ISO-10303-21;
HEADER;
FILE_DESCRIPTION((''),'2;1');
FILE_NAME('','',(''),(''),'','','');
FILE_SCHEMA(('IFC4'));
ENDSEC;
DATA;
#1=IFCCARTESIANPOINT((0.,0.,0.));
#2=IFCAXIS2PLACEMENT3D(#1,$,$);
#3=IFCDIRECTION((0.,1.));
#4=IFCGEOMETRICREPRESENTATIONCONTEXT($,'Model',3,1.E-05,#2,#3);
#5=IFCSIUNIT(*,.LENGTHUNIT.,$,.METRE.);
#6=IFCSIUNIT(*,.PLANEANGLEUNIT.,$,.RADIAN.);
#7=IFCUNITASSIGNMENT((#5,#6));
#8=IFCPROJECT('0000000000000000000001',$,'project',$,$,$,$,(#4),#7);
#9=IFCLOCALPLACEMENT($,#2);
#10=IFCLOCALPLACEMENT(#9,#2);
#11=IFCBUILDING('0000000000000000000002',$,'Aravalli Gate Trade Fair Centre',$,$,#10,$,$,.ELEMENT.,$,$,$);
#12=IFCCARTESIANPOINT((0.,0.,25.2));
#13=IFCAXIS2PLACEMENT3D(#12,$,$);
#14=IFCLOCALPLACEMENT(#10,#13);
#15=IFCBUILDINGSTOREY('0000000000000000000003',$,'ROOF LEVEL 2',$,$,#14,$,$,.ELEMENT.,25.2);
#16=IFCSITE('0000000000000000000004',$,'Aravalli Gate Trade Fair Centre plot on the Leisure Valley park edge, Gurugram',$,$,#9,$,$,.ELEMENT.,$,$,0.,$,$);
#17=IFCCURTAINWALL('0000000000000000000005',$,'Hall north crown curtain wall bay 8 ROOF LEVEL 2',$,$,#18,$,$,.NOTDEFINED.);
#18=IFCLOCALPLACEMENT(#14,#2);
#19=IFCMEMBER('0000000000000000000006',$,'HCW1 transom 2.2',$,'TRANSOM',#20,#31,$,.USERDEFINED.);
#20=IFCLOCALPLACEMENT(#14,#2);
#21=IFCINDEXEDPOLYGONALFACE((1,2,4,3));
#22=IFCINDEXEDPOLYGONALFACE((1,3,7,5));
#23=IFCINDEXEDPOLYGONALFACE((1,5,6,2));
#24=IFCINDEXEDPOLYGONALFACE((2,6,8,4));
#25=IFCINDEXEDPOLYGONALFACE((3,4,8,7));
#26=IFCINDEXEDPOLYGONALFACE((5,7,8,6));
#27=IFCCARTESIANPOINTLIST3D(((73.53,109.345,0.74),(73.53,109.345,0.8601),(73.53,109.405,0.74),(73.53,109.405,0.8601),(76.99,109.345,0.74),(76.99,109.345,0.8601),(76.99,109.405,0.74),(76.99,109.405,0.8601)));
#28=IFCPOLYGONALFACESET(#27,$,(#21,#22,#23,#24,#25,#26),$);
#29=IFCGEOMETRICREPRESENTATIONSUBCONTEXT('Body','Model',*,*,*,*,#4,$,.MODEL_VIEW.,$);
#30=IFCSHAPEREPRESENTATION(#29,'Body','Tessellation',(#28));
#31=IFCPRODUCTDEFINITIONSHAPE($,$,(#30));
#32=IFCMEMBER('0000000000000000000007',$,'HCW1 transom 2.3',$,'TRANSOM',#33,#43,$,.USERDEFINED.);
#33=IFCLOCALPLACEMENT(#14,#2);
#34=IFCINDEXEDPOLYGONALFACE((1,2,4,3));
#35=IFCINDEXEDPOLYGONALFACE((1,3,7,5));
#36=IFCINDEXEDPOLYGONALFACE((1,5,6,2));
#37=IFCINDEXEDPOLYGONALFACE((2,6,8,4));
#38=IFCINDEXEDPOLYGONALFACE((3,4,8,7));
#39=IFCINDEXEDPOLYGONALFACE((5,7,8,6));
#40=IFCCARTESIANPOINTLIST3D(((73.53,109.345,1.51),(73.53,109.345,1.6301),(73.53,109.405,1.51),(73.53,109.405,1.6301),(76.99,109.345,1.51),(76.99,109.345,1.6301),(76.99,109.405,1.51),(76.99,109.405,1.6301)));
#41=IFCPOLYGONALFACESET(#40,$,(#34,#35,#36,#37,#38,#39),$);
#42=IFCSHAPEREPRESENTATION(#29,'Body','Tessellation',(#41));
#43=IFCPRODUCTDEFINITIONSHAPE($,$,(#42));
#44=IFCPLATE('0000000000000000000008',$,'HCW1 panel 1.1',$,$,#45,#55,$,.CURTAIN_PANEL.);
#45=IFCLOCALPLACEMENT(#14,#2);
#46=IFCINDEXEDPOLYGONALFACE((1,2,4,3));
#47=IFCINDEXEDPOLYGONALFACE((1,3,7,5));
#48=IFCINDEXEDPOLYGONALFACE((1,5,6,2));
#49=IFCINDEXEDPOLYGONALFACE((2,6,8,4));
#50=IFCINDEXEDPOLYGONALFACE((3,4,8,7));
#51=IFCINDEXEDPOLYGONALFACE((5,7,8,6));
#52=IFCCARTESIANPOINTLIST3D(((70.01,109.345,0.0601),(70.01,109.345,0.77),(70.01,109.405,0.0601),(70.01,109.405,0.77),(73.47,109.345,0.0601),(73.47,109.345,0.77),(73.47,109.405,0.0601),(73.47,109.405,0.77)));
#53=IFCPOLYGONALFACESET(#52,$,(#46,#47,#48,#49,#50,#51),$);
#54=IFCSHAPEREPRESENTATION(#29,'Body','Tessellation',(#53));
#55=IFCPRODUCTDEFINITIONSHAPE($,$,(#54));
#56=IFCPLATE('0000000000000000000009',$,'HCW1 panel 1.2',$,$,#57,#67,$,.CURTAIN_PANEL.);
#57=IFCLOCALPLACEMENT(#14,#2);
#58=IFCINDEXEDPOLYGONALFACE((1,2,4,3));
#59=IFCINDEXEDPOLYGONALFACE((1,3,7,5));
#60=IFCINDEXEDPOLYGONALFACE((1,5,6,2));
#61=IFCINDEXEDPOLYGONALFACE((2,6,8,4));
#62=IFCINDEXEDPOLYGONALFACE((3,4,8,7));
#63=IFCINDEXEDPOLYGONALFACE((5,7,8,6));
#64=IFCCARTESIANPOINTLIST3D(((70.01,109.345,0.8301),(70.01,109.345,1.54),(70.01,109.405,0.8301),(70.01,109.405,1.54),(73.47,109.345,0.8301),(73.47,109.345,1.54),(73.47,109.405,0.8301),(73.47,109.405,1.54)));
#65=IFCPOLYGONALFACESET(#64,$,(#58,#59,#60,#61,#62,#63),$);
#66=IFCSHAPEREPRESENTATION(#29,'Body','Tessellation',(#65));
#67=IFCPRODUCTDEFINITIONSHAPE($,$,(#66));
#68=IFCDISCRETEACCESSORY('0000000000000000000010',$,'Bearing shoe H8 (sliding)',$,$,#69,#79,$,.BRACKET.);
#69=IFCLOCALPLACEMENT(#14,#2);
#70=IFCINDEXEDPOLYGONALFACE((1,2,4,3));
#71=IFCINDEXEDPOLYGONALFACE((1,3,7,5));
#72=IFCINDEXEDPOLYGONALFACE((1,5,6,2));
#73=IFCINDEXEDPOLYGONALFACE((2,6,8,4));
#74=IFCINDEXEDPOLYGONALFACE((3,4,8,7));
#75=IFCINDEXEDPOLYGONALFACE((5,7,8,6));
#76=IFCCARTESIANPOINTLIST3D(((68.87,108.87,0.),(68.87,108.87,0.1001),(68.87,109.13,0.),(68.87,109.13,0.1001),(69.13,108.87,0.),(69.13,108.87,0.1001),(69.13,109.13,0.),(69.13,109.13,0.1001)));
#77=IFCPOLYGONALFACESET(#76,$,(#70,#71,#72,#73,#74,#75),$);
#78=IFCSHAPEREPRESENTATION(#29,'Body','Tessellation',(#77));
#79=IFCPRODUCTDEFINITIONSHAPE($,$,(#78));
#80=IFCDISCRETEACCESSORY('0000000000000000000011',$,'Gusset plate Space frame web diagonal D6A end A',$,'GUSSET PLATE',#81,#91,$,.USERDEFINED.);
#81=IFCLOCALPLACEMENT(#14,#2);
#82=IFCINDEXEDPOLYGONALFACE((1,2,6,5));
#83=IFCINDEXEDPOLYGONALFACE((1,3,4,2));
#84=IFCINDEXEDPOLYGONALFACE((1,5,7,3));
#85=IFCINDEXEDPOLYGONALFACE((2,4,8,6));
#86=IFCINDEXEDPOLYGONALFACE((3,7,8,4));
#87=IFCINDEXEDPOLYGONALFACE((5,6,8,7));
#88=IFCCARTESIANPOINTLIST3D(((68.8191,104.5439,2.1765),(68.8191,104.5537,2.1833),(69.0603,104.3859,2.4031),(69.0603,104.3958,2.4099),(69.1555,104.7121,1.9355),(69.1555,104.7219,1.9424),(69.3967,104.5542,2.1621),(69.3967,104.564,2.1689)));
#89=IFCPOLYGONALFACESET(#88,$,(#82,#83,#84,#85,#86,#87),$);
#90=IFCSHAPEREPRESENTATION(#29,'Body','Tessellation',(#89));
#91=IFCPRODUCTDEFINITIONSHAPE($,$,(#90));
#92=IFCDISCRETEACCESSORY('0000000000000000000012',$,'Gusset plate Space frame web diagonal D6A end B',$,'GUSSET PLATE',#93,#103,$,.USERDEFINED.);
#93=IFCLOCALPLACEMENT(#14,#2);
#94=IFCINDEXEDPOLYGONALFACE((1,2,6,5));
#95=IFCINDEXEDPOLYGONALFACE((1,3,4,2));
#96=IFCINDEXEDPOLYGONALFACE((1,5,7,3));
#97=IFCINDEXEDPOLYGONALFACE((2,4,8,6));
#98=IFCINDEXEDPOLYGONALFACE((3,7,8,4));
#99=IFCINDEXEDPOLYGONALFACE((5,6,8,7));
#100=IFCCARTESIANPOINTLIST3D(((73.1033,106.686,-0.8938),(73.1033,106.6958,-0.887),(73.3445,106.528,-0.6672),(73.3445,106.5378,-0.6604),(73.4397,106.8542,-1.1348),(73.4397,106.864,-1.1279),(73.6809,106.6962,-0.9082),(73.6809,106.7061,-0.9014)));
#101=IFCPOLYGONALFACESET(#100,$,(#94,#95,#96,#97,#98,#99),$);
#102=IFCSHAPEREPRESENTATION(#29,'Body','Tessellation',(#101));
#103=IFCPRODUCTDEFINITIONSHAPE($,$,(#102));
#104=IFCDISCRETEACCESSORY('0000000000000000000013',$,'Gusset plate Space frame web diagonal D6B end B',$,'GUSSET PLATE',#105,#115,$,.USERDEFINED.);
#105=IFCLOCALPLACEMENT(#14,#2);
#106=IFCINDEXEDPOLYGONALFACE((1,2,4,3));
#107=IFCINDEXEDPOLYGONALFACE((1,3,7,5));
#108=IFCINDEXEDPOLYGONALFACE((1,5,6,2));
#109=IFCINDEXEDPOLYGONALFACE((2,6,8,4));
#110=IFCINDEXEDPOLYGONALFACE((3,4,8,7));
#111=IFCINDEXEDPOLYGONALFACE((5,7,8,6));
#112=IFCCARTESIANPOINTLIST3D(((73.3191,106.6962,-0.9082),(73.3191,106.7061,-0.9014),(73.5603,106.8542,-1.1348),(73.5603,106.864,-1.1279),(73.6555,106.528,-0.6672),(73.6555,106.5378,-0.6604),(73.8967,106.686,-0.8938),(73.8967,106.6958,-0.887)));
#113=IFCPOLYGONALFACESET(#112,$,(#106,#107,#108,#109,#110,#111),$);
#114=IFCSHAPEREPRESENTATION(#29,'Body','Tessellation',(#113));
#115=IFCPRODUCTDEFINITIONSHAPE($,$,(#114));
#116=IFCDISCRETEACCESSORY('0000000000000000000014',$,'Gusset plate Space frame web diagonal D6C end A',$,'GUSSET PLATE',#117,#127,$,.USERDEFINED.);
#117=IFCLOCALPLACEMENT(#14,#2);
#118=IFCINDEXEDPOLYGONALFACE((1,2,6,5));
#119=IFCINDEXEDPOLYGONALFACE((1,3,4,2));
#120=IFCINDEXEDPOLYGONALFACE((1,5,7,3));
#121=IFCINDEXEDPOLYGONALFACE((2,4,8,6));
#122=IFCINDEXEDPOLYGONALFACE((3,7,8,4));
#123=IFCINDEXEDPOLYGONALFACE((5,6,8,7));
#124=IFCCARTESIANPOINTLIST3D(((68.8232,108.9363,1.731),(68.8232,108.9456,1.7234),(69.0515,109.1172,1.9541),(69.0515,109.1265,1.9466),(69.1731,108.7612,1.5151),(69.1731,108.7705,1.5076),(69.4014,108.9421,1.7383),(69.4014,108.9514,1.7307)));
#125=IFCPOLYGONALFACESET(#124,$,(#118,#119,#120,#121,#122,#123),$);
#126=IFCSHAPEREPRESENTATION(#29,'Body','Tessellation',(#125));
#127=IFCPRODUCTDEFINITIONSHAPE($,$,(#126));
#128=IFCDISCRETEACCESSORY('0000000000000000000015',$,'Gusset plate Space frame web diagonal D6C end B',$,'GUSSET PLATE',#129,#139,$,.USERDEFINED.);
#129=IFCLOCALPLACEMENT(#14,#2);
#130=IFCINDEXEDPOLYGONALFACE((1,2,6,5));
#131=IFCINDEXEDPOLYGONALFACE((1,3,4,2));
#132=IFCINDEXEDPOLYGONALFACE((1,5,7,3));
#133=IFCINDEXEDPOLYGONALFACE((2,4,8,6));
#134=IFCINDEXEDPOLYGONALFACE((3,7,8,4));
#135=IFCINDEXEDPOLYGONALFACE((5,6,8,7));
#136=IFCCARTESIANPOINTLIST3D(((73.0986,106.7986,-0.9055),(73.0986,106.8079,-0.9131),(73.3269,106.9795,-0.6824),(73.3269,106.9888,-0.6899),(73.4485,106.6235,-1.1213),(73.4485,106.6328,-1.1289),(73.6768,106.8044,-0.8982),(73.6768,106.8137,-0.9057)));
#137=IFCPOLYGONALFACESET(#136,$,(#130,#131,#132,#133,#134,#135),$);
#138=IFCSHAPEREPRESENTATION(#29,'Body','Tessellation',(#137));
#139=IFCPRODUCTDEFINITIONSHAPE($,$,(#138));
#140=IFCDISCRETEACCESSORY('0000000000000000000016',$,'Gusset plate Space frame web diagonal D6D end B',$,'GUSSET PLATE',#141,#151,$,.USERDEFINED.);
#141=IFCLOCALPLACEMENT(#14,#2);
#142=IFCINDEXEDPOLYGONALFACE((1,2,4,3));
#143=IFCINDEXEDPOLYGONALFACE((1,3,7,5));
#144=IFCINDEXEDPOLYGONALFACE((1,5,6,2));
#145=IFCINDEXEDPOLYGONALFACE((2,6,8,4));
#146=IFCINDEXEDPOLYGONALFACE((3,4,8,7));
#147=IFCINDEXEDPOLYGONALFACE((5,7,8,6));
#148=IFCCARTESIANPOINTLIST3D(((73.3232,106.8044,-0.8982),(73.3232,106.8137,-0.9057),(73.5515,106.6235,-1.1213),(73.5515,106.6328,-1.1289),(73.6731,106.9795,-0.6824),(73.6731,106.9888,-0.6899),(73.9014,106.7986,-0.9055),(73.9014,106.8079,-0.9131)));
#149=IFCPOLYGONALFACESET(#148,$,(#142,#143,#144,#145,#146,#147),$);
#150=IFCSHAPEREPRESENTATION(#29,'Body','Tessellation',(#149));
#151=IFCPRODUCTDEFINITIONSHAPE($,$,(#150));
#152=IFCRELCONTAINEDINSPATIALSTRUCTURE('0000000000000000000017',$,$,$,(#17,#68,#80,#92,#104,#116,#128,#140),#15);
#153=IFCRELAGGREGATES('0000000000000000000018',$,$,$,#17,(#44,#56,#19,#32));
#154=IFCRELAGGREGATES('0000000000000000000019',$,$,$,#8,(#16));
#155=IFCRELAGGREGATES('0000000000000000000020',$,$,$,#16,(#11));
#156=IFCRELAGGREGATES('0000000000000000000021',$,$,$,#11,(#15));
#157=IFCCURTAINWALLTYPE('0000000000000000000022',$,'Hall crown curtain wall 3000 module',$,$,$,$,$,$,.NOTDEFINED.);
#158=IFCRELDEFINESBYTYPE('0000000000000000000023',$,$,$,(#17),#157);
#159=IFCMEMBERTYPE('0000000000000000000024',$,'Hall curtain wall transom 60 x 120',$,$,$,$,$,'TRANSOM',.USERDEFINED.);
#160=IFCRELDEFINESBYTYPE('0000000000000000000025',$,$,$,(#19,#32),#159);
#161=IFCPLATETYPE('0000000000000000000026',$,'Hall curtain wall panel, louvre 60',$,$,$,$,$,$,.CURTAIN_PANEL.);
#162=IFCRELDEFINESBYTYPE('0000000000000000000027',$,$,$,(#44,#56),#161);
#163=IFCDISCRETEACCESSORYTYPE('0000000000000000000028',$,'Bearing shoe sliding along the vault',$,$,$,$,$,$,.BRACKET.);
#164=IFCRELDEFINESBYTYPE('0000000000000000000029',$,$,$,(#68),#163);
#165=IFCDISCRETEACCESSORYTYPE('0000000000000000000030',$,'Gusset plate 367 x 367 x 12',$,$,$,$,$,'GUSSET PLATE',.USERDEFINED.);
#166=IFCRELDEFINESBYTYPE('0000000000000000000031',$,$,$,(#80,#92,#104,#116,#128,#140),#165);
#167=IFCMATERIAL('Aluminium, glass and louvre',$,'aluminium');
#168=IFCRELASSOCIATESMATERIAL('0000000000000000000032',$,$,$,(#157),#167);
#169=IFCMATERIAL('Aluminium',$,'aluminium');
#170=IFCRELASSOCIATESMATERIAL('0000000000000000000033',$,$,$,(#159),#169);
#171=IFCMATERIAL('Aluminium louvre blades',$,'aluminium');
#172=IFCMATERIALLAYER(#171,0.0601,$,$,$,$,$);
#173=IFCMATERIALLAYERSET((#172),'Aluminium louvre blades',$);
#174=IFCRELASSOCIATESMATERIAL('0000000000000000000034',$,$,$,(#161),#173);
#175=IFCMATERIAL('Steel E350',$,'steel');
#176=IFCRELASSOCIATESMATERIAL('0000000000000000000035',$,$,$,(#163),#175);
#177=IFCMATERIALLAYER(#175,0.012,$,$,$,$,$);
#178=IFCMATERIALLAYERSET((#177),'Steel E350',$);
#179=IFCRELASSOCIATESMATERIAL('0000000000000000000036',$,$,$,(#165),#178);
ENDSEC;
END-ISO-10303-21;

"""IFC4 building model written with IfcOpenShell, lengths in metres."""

from ifc_helpers import new_model, si_unit, direction, frame, origin, origin_2d, place, context, subcontext, project, spatial, polyline, rectangle, outline, extrude, material, layer, layer_set, material_profile, profile_set, type_object, element, aggregate, save


model = new_model("IFC4")

# Units and contexts
model_context = context("Model", 3, precision=1e-05, world=origin(), true_north=direction((0.0, 1.0)))
body_context = subcontext(model_context, "Body", "Model", "MODEL_VIEW")
ifc_project = project(units=[si_unit("LENGTHUNIT", "METRE"), si_unit("PLANEANGLEUNIT", "RADIAN")], contexts=[model_context])

# Site, building, storey
site_placement = place(None, origin())
site = spatial("IfcSite", under=ifc_project, at=site_placement, Name="Aravalli Gate Trade Fair Centre plot on the Leisure Valley park edge, Gurugram", CompositionType="ELEMENT", RefElevation=0.0)
building_placement = place(site_placement, origin())
building = spatial("IfcBuilding", under=site, at=building_placement, Name="Aravalli Gate Trade Fair Centre", CompositionType="ELEMENT")
storey_placement = place(building_placement, frame((0.0, 0.0, 25.2)))
storey = spatial("IfcBuildingStorey", under=building, at=storey_placement, Name="ROOF LEVEL 2", CompositionType="ELEMENT", Elevation=25.2)

# Shared definitions
ifc_material_1 = material(Name="Steel E350", Category="steel")

# Curtain wall, members, plates
ifc_material_2 = material(Name="Aluminium, glass and louvre", Category="aluminium")
curtain_wall_type = type_object("IfcCurtainWallType", Name="Hall crown curtain wall 3000 module", PredefinedType="NOTDEFINED", material=ifc_material_2)
curtain_wall_placement = place(storey_placement, origin())
curtain_wall = element("IfcCurtainWall", 1, at=curtain_wall_placement, inside=storey, type_object=curtain_wall_type, Name="Hall north crown curtain wall bay 8 ROOF LEVEL 2", PredefinedType="NOTDEFINED")
ifc_material_3 = material(Name="Aluminium", Category="aluminium")
ifc_material_profile_1 = material_profile(ifc_material_3, rectangle(XDim=0.0601, YDim=0.1201, at=origin_2d()), Name="Hall curtain wall transom 60 x 120")
ifc_profile_set_1 = profile_set([ifc_material_profile_1], Name="Aluminium")
member_type_1 = type_object("IfcMemberType", Name="Hall curtain wall transom 60 x 120", ElementType="TRANSOM", PredefinedType="USERDEFINED", material=ifc_profile_set_1)
member_1_placement = place(storey_placement, frame((73.53, 109.375, 0.8), z_axis=(1.0, 0.0, 0.0), x_axis=(0.0, 1.0, 0.0)))
member_1 = element("IfcMember", 2, at=member_1_placement, type_object=member_type_1, Name="HCW1 transom 2.2", ObjectType="TRANSOM", PredefinedType="USERDEFINED", context=body_context, shape_type="SweptSolid", body=[
    extrude(rectangle(XDim=0.0601, YDim=0.1201, at=origin_2d()), origin(), (0.0, 0.0, 1.0), 3.46),
])
member_2_placement = place(storey_placement, frame((73.53, 109.375, 1.5701), z_axis=(1.0, 0.0, 0.0), x_axis=(0.0, 1.0, 0.0)))
member_2 = element("IfcMember", 3, at=member_2_placement, type_object=member_type_1, Name="HCW1 transom 2.3", ObjectType="TRANSOM", PredefinedType="USERDEFINED", context=body_context, shape_type="SweptSolid", body=[
    extrude(rectangle(XDim=0.0601, YDim=0.1201, at=origin_2d()), origin(), (0.0, 0.0, 1.0), 3.46),
])
ifc_material_4 = material(Name="Aluminium louvre blades", Category="aluminium")
ifc_layer_1 = layer(ifc_material_4, 0.0601)
ifc_layer_set_1 = layer_set([ifc_layer_1], Name="Aluminium louvre blades")
plate_type = type_object("IfcPlateType", Name="Hall curtain wall panel, louvre 60", PredefinedType="CURTAIN_PANEL", material=ifc_layer_set_1)
plate_1_placement = place(storey_placement, frame((71.74, 109.375, 0.0601), z_axis=(0.0, 0.0, 1.0), x_axis=(1.0, 0.0, 0.0)))
plate_1 = element("IfcPlate", 4, at=plate_1_placement, type_object=plate_type, Name="HCW1 panel 1.1", PredefinedType="CURTAIN_PANEL", context=body_context, shape_type="SweptSolid", body=[
    extrude(rectangle(XDim=3.46, YDim=0.0601, at=origin_2d()), origin(), (0.0, 0.0, 1.0), 0.71),
])
plate_2_placement = place(storey_placement, frame((71.74, 109.375, 0.8301), z_axis=(0.0, 0.0, 1.0), x_axis=(1.0, 0.0, 0.0)))
plate_2 = element("IfcPlate", 5, at=plate_2_placement, type_object=plate_type, Name="HCW1 panel 1.2", PredefinedType="CURTAIN_PANEL", context=body_context, shape_type="SweptSolid", body=[
    extrude(rectangle(XDim=3.46, YDim=0.0601, at=origin_2d()), origin(), (0.0, 0.0, 1.0), 0.71),
])
aggregate(curtain_wall, [plate_1, plate_2, member_1, member_2])

# Discrete accessories
discrete_accessory_type_1 = type_object("IfcDiscreteAccessoryType", Name="Bearing shoe sliding along the vault", PredefinedType="BRACKET", material=ifc_material_1)
discrete_accessory_1_placement = place(storey_placement, frame((69.0, 109.0, 0.0), z_axis=(0.0, 0.0, 1.0), x_axis=(1.0, 0.0, 0.0)))
element("IfcDiscreteAccessory", 6, at=discrete_accessory_1_placement, inside=storey, type_object=discrete_accessory_type_1, Name="Bearing shoe H8 (sliding)", PredefinedType="BRACKET", context=body_context, shape_type="SweptSolid", body=[
    extrude(rectangle(XDim=0.26, YDim=0.26, at=origin_2d()), origin(), (0.0, 0.0, 1.0), 0.1001),
])
ifc_layer_2 = layer(ifc_material_1, 0.012)
ifc_layer_set_2 = layer_set([ifc_layer_2], Name="Steel E350")
discrete_accessory_type_2 = type_object("IfcDiscreteAccessoryType", Name="Gusset plate 367 x 367 x 12", ElementType="GUSSET PLATE", PredefinedType="USERDEFINED", material=ifc_layer_set_2)
discrete_accessory_2_placement = place(storey_placement, frame((69.1555, 104.7219, 1.9424), z_axis=(-0.000292, 0.820164, 0.572128), x_axis=(-0.753132, -0.376566, 0.539435)))
element("IfcDiscreteAccessory", 7, at=discrete_accessory_2_placement, inside=storey, type_object=discrete_accessory_type_2, Name="Gusset plate Space frame web diagonal D6A end A", ObjectType="GUSSET PLATE", PredefinedType="USERDEFINED", context=body_context, shape_type="SweptSolid", body=[
    extrude(outline(polyline([(0.0, 0.0), (0.4467, 0.0), (0.4467, 0.3667), (0.0, 0.3667), (0.0, 0.0)])), origin(), (0.0, 0.0, -1.0), 0.012),
])
discrete_accessory_3_placement = place(storey_placement, frame((73.1033, 106.6958, -0.887), z_axis=(-0.000292, 0.820164, 0.572128), x_axis=(0.753132, 0.376566, -0.539435)))
element("IfcDiscreteAccessory", 8, at=discrete_accessory_3_placement, inside=storey, type_object=discrete_accessory_type_2, Name="Gusset plate Space frame web diagonal D6A end B", ObjectType="GUSSET PLATE", PredefinedType="USERDEFINED", context=body_context, shape_type="SweptSolid", body=[
    extrude(outline(polyline([(0.0, 0.0), (0.4467, 0.0), (0.4467, -0.3667), (0.0, -0.3667), (0.0, 0.0)])), origin(), (0.0, 0.0, -1.0), 0.012),
])
discrete_accessory_4_placement = place(storey_placement, frame((73.6555, 106.5378, -0.6604), z_axis=(0.000292, 0.820164, 0.572128), x_axis=(-0.753132, 0.376566, -0.539435)))
element("IfcDiscreteAccessory", 9, at=discrete_accessory_4_placement, inside=storey, type_object=discrete_accessory_type_2, Name="Gusset plate Space frame web diagonal D6B end B", ObjectType="GUSSET PLATE", PredefinedType="USERDEFINED", context=body_context, shape_type="SweptSolid", body=[
    extrude(outline(polyline([(0.0, 0.0), (0.4467, 0.0), (0.4467, -0.3667), (0.0, -0.3667), (0.0, 0.0)])), origin(), (0.0, 0.0, -1.0), 0.012),
])
discrete_accessory_5_placement = place(storey_placement, frame((69.1731, 108.7612, 1.5151), z_axis=(-0.000107, -0.776736, 0.629826), x_axis=(-0.783044, 0.391795, 0.48305)))
element("IfcDiscreteAccessory", 10, at=discrete_accessory_5_placement, inside=storey, type_object=discrete_accessory_type_2, Name="Gusset plate Space frame web diagonal D6C end A", ObjectType="GUSSET PLATE", PredefinedType="USERDEFINED", context=body_context, shape_type="SweptSolid", body=[
    extrude(outline(polyline([(0.0, 0.0), (0.4468, 0.0), (0.4467, -0.3669), (-0.0001, -0.3669), (0.0, 0.0)])), origin(), (0.0, 0.0, -1.0), 0.012),
])
discrete_accessory_6_placement = place(storey_placement, frame((73.0986, 106.7986, -0.9055), z_axis=(-0.000107, -0.776736, 0.629826), x_axis=(0.783044, -0.391795, -0.48305)))
element("IfcDiscreteAccessory", 11, at=discrete_accessory_6_placement, inside=storey, type_object=discrete_accessory_type_2, Name="Gusset plate Space frame web diagonal D6C end B", ObjectType="GUSSET PLATE", PredefinedType="USERDEFINED", context=body_context, shape_type="SweptSolid", body=[
    extrude(outline(polyline([(0.0, 0.0), (0.4468, 0.0), (0.4469, 0.3669), (0.0001, 0.3669), (0.0, 0.0)])), origin(), (0.0, 0.0, -1.0), 0.012),
])
discrete_accessory_7_placement = place(storey_placement, frame((73.6731, 106.9795, -0.6824), z_axis=(0.000107, -0.776736, 0.629826), x_axis=(-0.783044, -0.391795, -0.48305)))
element("IfcDiscreteAccessory", 12, at=discrete_accessory_7_placement, inside=storey, type_object=discrete_accessory_type_2, Name="Gusset plate Space frame web diagonal D6D end B", ObjectType="GUSSET PLATE", PredefinedType="USERDEFINED", context=body_context, shape_type="SweptSolid", body=[
    extrude(outline(polyline([(0.0, 0.0), (0.4468, 0.0), (0.4467, 0.3669), (-0.0001, 0.3669), (0.0, 0.0)])), origin(), (0.0, 0.0, -1.0), 0.012),
])

save(model, "model.ifc")
